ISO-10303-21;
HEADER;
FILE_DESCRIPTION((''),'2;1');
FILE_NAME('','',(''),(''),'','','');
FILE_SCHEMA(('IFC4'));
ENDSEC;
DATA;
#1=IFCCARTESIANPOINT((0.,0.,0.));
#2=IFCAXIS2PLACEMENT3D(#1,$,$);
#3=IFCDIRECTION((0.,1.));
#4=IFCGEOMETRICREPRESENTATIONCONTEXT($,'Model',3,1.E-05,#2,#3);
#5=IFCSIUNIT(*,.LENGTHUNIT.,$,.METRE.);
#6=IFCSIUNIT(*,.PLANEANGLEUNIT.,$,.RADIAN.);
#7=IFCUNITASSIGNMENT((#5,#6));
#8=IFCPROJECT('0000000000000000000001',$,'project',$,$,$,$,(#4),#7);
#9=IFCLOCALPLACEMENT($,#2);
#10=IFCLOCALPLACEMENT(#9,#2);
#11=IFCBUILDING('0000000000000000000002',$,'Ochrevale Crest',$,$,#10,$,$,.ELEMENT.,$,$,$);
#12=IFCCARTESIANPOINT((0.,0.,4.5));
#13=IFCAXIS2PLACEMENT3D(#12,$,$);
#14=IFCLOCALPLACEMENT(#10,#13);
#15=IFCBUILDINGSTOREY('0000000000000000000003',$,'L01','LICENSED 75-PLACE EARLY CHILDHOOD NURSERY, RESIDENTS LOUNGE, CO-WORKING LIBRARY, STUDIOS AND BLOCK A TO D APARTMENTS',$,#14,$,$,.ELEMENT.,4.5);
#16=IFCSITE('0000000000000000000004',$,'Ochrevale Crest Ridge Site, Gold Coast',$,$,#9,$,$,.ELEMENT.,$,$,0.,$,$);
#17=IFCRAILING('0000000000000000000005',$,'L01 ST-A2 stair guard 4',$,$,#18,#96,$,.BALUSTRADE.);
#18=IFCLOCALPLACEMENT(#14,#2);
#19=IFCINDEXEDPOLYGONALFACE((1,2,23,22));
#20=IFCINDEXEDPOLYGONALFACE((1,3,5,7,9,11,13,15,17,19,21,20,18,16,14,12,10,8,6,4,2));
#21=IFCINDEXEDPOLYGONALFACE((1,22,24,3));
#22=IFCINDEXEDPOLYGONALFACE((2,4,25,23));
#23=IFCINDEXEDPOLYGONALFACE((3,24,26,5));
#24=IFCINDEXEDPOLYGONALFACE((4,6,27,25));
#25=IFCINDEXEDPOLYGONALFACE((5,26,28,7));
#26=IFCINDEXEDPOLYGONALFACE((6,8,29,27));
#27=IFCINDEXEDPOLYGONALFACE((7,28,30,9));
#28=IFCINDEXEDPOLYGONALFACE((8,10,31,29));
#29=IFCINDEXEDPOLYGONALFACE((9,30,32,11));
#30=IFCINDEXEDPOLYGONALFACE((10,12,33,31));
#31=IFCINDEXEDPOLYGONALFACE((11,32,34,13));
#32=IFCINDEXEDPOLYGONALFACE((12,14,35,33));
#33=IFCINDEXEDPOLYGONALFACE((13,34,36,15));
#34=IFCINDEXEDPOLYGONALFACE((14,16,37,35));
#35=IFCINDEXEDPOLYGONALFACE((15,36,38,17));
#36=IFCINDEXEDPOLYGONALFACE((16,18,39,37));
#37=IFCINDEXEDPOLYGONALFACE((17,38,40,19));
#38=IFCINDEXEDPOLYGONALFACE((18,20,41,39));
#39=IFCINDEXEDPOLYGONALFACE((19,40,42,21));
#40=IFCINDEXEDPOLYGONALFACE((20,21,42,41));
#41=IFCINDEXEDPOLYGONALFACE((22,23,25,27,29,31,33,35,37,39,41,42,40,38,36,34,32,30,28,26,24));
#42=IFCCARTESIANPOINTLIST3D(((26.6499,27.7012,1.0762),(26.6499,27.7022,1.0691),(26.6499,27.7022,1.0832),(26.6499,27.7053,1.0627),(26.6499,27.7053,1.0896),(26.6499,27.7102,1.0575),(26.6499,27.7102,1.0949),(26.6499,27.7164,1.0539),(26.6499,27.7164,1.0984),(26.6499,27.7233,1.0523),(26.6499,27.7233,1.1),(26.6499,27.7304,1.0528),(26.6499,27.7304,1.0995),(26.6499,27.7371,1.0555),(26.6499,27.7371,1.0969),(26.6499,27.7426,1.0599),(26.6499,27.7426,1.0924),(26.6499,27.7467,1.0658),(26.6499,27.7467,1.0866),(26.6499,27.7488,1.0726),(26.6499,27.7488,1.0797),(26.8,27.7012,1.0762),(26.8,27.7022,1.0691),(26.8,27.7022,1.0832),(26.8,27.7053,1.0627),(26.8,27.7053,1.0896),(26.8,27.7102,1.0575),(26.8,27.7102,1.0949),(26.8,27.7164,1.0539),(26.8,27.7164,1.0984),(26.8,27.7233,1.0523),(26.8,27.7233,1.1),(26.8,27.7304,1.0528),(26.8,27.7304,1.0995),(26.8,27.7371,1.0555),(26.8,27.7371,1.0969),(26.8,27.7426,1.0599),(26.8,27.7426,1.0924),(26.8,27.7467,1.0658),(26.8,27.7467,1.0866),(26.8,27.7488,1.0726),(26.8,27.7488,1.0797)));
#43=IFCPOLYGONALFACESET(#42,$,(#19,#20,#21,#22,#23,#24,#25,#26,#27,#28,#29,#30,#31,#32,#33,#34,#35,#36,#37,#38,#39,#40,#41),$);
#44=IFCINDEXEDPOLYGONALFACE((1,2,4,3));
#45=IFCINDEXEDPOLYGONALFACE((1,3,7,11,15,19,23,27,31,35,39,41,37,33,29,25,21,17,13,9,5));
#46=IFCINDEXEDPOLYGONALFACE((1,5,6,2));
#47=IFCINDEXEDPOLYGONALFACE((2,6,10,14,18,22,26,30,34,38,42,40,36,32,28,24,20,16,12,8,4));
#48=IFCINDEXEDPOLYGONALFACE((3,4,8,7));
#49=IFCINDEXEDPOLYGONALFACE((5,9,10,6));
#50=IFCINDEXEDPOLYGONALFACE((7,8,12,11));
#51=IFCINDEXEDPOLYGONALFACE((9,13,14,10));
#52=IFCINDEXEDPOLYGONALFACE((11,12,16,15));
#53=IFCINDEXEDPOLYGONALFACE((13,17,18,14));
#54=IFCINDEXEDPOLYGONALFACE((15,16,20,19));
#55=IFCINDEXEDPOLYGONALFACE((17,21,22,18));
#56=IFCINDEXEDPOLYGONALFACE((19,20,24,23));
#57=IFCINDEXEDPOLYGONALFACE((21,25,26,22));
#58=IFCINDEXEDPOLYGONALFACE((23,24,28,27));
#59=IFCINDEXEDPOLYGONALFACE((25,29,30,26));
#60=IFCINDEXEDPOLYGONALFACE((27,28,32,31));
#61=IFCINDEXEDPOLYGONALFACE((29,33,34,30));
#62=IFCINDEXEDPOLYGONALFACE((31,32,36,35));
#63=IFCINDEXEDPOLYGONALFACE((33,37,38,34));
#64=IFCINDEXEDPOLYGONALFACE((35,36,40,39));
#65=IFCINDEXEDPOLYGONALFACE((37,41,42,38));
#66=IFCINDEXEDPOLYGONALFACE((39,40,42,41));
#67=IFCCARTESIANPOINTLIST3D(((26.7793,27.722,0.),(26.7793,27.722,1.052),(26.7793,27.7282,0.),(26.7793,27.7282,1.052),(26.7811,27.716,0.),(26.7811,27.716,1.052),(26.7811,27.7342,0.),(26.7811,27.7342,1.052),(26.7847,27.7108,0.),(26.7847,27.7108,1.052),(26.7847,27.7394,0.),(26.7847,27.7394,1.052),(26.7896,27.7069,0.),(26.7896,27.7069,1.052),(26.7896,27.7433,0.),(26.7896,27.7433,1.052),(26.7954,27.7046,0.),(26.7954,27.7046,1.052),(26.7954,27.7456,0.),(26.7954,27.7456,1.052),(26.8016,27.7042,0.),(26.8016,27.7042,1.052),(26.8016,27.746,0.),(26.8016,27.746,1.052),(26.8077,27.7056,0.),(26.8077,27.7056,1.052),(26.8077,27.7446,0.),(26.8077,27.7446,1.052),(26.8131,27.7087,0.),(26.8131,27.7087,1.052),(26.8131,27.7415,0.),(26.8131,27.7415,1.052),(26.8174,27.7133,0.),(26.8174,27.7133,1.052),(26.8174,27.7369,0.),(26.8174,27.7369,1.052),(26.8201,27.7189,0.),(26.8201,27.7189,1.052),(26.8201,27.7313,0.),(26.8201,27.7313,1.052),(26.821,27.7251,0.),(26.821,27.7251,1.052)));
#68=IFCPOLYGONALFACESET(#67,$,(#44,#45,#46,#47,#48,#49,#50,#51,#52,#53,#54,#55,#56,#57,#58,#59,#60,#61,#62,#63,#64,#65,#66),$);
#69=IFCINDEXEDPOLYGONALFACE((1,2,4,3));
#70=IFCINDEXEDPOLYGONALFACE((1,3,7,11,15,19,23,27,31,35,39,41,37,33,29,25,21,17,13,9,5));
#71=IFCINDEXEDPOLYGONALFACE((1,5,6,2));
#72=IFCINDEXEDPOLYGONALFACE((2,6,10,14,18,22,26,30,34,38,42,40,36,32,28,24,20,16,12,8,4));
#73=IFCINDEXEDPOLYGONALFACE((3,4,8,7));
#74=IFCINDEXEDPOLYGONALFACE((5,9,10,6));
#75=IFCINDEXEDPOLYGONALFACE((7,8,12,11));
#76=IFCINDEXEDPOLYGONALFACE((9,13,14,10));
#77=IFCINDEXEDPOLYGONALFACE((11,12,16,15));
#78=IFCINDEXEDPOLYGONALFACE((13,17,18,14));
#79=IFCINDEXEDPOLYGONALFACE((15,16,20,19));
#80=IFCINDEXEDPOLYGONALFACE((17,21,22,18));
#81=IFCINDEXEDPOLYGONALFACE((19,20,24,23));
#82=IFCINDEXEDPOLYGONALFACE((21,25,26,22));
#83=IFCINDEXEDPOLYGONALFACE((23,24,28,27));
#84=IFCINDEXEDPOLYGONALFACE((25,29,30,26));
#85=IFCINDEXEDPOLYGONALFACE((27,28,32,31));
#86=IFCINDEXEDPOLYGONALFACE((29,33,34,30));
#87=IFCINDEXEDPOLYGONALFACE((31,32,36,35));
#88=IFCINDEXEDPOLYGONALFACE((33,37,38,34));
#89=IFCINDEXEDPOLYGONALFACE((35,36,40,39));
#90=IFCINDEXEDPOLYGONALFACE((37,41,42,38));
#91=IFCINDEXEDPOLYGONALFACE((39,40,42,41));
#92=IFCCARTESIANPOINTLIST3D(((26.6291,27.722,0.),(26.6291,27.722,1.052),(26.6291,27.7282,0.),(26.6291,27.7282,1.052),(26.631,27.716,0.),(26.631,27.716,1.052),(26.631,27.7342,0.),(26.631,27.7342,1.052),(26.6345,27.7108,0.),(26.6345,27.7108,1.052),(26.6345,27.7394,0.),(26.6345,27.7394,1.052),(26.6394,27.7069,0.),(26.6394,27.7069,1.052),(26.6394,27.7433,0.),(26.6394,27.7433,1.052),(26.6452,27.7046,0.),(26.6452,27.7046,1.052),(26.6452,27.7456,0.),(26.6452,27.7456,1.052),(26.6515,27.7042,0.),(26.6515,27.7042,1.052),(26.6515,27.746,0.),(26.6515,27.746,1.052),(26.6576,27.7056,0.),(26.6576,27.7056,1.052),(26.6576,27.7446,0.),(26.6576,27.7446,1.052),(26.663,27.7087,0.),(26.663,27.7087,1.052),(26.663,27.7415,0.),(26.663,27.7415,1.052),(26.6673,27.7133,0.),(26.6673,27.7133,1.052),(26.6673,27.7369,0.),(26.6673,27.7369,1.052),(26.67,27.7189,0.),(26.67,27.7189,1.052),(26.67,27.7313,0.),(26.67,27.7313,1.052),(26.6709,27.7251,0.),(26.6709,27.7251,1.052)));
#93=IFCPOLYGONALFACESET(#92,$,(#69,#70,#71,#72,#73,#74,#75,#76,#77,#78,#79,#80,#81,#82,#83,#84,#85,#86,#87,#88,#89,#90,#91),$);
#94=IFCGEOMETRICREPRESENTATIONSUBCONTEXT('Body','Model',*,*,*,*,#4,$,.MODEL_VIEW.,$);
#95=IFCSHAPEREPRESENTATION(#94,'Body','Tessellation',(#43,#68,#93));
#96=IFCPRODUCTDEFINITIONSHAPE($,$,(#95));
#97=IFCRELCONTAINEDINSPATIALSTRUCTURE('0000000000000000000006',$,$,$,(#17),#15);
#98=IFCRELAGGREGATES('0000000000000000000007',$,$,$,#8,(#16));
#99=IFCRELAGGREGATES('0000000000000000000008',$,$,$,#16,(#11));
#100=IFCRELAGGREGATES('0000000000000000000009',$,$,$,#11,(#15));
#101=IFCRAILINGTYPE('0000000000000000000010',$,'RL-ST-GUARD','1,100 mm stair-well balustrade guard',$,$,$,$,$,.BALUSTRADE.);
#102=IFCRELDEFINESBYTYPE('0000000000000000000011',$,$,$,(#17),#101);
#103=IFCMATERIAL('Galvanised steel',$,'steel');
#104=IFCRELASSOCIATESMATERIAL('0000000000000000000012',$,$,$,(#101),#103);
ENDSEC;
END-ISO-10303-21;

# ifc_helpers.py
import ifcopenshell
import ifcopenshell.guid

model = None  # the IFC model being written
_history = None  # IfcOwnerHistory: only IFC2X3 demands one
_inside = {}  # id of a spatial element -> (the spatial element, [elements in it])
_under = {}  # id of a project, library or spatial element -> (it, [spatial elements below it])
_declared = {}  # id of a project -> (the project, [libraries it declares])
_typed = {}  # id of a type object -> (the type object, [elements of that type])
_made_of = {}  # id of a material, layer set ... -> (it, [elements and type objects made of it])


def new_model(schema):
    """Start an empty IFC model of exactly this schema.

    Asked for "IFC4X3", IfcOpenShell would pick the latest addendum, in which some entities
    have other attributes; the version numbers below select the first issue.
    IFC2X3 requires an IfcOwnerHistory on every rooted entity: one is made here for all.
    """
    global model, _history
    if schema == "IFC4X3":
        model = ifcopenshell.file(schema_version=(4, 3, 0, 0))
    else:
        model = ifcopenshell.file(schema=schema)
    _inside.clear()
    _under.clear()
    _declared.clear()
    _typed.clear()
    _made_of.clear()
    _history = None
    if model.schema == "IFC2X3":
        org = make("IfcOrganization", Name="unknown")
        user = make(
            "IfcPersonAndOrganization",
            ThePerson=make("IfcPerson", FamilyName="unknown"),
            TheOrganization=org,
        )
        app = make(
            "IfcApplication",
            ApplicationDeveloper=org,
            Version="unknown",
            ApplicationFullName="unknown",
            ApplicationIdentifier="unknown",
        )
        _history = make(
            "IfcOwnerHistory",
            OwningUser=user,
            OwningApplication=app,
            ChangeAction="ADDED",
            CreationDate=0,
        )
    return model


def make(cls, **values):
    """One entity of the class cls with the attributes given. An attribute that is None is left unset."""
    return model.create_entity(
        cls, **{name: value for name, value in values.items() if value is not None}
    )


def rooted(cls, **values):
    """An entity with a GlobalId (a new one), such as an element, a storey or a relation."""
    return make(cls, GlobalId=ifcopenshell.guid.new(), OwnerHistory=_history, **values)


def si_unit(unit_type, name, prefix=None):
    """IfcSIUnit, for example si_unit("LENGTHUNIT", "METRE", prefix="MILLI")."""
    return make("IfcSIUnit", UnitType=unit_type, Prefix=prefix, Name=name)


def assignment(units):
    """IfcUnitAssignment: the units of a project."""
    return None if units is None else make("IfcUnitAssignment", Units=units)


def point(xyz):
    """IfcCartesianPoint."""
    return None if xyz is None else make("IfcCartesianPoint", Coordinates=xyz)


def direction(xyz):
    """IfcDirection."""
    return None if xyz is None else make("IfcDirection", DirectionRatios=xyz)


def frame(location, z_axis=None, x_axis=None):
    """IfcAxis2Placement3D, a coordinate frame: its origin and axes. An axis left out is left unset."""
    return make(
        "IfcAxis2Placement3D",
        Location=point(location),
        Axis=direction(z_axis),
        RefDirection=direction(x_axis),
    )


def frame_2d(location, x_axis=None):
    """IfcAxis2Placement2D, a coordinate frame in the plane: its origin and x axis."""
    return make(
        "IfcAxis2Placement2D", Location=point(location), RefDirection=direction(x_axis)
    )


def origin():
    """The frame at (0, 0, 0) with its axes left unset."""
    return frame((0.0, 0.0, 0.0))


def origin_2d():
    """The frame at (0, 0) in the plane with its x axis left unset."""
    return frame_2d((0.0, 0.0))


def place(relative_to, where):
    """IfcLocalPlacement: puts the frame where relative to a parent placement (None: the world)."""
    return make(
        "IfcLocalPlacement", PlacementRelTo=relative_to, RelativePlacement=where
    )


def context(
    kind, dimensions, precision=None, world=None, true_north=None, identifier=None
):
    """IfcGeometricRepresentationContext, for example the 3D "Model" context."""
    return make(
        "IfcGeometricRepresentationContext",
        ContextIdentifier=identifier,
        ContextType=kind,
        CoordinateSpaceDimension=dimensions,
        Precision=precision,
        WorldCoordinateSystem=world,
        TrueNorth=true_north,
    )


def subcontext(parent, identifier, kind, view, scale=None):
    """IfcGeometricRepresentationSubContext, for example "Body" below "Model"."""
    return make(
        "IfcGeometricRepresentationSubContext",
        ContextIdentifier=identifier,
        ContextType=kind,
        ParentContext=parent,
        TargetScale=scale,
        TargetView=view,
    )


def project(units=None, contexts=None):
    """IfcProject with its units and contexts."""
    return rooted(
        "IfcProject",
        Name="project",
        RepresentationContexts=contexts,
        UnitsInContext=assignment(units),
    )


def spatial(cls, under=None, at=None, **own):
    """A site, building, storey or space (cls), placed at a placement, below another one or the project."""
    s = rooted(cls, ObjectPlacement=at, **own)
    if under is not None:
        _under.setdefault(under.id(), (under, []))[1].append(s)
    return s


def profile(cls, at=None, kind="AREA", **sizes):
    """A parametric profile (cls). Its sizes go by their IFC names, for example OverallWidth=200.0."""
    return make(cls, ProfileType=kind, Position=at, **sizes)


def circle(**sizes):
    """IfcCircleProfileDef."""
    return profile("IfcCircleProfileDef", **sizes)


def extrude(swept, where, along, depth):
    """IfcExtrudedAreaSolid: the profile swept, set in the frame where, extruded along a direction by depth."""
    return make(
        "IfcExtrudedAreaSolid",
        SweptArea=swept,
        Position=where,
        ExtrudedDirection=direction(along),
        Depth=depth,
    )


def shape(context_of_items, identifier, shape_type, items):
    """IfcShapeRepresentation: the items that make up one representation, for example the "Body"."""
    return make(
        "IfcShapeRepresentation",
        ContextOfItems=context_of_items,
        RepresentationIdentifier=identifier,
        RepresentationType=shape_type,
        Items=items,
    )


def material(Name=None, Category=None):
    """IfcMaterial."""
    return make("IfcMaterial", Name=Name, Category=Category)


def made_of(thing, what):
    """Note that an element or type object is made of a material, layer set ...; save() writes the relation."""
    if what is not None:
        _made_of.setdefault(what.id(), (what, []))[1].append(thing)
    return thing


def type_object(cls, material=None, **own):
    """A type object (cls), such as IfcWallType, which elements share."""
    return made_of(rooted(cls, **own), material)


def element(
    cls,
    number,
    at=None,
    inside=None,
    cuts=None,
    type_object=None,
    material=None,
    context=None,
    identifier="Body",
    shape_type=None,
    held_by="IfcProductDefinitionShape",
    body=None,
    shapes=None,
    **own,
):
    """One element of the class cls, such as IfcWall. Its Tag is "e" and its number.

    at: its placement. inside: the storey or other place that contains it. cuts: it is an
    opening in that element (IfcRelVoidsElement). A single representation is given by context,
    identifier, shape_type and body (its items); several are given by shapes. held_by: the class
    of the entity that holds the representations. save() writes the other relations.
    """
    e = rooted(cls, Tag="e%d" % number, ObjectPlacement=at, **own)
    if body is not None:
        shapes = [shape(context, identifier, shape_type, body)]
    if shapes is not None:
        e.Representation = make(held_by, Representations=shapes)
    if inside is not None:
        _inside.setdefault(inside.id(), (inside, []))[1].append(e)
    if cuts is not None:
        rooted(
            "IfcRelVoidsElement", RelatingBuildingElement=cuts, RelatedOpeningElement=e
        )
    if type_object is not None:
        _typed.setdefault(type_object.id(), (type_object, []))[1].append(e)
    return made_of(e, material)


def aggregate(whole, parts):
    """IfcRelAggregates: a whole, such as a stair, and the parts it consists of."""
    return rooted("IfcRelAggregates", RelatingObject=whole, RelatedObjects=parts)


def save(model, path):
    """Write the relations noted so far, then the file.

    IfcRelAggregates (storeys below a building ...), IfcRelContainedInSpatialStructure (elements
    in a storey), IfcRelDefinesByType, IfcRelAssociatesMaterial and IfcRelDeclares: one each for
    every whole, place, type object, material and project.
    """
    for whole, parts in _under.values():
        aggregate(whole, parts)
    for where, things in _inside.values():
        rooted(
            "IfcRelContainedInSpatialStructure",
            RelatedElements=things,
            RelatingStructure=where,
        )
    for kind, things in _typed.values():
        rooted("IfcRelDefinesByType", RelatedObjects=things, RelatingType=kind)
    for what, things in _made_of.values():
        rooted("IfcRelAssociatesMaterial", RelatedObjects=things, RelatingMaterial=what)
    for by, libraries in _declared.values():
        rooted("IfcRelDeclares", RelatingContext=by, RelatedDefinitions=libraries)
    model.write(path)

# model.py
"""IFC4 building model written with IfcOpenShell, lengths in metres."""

from ifc_helpers import new_model, si_unit, direction, frame, origin, origin_2d, place, context, subcontext, project, spatial, circle, extrude, material, type_object, element, save


model = new_model("IFC4")

# Units and contexts
model_context = context("Model", 3, precision=1e-05, world=origin(), true_north=direction((0.0, 1.0)))
body_context = subcontext(model_context, "Body", "Model", "MODEL_VIEW")
ifc_project = project(units=[si_unit("LENGTHUNIT", "METRE"), si_unit("PLANEANGLEUNIT", "RADIAN")], contexts=[model_context])

# Site, building, storey
site_placement = place(None, origin())
site = spatial("IfcSite", under=ifc_project, at=site_placement, Name="Ochrevale Crest Ridge Site, Gold Coast", CompositionType="ELEMENT", RefElevation=0.0)
building_placement = place(site_placement, origin())
building = spatial("IfcBuilding", under=site, at=building_placement, Name="Ochrevale Crest", CompositionType="ELEMENT")
storey_placement = place(building_placement, frame((0.0, 0.0, 4.5)))
storey = spatial("IfcBuildingStorey", under=building, at=storey_placement, Name="L01", Description="LICENSED 75-PLACE EARLY CHILDHOOD NURSERY, RESIDENTS LOUNGE, CO-WORKING LIBRARY, STUDIOS AND BLOCK A TO D APARTMENTS", CompositionType="ELEMENT", Elevation=4.5)

# Railing
ifc_material_1 = material(Name="Galvanised steel", Category="steel")
railing_type_1 = type_object("IfcRailingType", Name="RL-ST-GUARD", Description="1,100 mm stair-well balustrade guard", PredefinedType="BALUSTRADE", material=ifc_material_1)
railing_1_placement = place(storey_placement, frame((26.8, 27.7251, 0.0)))
element("IfcRailing", 1, at=railing_1_placement, inside=storey, type_object=railing_type_1, Name="L01 ST-A2 stair guard 4", PredefinedType="BALUSTRADE", context=body_context, shape_type="SweptSolid", body=[
    extrude(circle(Radius=0.0239, at=origin_2d()), frame((0.0, 0.0, 1.0762), z_axis=(-1.0, 0.0, 0.0), x_axis=(0.0, -1.0, 0.0)), (0.0, 0.0, 1.0), 0.1501),
    extrude(circle(Radius=0.021, at=origin_2d()), origin(), (0.0, 0.0, 1.0), 1.052),
    extrude(circle(Radius=0.021, at=origin_2d()), frame((-0.1501, 0.0, 0.0)), (0.0, 0.0, 1.0), 1.052),
])

save(model, "model.ifc")
